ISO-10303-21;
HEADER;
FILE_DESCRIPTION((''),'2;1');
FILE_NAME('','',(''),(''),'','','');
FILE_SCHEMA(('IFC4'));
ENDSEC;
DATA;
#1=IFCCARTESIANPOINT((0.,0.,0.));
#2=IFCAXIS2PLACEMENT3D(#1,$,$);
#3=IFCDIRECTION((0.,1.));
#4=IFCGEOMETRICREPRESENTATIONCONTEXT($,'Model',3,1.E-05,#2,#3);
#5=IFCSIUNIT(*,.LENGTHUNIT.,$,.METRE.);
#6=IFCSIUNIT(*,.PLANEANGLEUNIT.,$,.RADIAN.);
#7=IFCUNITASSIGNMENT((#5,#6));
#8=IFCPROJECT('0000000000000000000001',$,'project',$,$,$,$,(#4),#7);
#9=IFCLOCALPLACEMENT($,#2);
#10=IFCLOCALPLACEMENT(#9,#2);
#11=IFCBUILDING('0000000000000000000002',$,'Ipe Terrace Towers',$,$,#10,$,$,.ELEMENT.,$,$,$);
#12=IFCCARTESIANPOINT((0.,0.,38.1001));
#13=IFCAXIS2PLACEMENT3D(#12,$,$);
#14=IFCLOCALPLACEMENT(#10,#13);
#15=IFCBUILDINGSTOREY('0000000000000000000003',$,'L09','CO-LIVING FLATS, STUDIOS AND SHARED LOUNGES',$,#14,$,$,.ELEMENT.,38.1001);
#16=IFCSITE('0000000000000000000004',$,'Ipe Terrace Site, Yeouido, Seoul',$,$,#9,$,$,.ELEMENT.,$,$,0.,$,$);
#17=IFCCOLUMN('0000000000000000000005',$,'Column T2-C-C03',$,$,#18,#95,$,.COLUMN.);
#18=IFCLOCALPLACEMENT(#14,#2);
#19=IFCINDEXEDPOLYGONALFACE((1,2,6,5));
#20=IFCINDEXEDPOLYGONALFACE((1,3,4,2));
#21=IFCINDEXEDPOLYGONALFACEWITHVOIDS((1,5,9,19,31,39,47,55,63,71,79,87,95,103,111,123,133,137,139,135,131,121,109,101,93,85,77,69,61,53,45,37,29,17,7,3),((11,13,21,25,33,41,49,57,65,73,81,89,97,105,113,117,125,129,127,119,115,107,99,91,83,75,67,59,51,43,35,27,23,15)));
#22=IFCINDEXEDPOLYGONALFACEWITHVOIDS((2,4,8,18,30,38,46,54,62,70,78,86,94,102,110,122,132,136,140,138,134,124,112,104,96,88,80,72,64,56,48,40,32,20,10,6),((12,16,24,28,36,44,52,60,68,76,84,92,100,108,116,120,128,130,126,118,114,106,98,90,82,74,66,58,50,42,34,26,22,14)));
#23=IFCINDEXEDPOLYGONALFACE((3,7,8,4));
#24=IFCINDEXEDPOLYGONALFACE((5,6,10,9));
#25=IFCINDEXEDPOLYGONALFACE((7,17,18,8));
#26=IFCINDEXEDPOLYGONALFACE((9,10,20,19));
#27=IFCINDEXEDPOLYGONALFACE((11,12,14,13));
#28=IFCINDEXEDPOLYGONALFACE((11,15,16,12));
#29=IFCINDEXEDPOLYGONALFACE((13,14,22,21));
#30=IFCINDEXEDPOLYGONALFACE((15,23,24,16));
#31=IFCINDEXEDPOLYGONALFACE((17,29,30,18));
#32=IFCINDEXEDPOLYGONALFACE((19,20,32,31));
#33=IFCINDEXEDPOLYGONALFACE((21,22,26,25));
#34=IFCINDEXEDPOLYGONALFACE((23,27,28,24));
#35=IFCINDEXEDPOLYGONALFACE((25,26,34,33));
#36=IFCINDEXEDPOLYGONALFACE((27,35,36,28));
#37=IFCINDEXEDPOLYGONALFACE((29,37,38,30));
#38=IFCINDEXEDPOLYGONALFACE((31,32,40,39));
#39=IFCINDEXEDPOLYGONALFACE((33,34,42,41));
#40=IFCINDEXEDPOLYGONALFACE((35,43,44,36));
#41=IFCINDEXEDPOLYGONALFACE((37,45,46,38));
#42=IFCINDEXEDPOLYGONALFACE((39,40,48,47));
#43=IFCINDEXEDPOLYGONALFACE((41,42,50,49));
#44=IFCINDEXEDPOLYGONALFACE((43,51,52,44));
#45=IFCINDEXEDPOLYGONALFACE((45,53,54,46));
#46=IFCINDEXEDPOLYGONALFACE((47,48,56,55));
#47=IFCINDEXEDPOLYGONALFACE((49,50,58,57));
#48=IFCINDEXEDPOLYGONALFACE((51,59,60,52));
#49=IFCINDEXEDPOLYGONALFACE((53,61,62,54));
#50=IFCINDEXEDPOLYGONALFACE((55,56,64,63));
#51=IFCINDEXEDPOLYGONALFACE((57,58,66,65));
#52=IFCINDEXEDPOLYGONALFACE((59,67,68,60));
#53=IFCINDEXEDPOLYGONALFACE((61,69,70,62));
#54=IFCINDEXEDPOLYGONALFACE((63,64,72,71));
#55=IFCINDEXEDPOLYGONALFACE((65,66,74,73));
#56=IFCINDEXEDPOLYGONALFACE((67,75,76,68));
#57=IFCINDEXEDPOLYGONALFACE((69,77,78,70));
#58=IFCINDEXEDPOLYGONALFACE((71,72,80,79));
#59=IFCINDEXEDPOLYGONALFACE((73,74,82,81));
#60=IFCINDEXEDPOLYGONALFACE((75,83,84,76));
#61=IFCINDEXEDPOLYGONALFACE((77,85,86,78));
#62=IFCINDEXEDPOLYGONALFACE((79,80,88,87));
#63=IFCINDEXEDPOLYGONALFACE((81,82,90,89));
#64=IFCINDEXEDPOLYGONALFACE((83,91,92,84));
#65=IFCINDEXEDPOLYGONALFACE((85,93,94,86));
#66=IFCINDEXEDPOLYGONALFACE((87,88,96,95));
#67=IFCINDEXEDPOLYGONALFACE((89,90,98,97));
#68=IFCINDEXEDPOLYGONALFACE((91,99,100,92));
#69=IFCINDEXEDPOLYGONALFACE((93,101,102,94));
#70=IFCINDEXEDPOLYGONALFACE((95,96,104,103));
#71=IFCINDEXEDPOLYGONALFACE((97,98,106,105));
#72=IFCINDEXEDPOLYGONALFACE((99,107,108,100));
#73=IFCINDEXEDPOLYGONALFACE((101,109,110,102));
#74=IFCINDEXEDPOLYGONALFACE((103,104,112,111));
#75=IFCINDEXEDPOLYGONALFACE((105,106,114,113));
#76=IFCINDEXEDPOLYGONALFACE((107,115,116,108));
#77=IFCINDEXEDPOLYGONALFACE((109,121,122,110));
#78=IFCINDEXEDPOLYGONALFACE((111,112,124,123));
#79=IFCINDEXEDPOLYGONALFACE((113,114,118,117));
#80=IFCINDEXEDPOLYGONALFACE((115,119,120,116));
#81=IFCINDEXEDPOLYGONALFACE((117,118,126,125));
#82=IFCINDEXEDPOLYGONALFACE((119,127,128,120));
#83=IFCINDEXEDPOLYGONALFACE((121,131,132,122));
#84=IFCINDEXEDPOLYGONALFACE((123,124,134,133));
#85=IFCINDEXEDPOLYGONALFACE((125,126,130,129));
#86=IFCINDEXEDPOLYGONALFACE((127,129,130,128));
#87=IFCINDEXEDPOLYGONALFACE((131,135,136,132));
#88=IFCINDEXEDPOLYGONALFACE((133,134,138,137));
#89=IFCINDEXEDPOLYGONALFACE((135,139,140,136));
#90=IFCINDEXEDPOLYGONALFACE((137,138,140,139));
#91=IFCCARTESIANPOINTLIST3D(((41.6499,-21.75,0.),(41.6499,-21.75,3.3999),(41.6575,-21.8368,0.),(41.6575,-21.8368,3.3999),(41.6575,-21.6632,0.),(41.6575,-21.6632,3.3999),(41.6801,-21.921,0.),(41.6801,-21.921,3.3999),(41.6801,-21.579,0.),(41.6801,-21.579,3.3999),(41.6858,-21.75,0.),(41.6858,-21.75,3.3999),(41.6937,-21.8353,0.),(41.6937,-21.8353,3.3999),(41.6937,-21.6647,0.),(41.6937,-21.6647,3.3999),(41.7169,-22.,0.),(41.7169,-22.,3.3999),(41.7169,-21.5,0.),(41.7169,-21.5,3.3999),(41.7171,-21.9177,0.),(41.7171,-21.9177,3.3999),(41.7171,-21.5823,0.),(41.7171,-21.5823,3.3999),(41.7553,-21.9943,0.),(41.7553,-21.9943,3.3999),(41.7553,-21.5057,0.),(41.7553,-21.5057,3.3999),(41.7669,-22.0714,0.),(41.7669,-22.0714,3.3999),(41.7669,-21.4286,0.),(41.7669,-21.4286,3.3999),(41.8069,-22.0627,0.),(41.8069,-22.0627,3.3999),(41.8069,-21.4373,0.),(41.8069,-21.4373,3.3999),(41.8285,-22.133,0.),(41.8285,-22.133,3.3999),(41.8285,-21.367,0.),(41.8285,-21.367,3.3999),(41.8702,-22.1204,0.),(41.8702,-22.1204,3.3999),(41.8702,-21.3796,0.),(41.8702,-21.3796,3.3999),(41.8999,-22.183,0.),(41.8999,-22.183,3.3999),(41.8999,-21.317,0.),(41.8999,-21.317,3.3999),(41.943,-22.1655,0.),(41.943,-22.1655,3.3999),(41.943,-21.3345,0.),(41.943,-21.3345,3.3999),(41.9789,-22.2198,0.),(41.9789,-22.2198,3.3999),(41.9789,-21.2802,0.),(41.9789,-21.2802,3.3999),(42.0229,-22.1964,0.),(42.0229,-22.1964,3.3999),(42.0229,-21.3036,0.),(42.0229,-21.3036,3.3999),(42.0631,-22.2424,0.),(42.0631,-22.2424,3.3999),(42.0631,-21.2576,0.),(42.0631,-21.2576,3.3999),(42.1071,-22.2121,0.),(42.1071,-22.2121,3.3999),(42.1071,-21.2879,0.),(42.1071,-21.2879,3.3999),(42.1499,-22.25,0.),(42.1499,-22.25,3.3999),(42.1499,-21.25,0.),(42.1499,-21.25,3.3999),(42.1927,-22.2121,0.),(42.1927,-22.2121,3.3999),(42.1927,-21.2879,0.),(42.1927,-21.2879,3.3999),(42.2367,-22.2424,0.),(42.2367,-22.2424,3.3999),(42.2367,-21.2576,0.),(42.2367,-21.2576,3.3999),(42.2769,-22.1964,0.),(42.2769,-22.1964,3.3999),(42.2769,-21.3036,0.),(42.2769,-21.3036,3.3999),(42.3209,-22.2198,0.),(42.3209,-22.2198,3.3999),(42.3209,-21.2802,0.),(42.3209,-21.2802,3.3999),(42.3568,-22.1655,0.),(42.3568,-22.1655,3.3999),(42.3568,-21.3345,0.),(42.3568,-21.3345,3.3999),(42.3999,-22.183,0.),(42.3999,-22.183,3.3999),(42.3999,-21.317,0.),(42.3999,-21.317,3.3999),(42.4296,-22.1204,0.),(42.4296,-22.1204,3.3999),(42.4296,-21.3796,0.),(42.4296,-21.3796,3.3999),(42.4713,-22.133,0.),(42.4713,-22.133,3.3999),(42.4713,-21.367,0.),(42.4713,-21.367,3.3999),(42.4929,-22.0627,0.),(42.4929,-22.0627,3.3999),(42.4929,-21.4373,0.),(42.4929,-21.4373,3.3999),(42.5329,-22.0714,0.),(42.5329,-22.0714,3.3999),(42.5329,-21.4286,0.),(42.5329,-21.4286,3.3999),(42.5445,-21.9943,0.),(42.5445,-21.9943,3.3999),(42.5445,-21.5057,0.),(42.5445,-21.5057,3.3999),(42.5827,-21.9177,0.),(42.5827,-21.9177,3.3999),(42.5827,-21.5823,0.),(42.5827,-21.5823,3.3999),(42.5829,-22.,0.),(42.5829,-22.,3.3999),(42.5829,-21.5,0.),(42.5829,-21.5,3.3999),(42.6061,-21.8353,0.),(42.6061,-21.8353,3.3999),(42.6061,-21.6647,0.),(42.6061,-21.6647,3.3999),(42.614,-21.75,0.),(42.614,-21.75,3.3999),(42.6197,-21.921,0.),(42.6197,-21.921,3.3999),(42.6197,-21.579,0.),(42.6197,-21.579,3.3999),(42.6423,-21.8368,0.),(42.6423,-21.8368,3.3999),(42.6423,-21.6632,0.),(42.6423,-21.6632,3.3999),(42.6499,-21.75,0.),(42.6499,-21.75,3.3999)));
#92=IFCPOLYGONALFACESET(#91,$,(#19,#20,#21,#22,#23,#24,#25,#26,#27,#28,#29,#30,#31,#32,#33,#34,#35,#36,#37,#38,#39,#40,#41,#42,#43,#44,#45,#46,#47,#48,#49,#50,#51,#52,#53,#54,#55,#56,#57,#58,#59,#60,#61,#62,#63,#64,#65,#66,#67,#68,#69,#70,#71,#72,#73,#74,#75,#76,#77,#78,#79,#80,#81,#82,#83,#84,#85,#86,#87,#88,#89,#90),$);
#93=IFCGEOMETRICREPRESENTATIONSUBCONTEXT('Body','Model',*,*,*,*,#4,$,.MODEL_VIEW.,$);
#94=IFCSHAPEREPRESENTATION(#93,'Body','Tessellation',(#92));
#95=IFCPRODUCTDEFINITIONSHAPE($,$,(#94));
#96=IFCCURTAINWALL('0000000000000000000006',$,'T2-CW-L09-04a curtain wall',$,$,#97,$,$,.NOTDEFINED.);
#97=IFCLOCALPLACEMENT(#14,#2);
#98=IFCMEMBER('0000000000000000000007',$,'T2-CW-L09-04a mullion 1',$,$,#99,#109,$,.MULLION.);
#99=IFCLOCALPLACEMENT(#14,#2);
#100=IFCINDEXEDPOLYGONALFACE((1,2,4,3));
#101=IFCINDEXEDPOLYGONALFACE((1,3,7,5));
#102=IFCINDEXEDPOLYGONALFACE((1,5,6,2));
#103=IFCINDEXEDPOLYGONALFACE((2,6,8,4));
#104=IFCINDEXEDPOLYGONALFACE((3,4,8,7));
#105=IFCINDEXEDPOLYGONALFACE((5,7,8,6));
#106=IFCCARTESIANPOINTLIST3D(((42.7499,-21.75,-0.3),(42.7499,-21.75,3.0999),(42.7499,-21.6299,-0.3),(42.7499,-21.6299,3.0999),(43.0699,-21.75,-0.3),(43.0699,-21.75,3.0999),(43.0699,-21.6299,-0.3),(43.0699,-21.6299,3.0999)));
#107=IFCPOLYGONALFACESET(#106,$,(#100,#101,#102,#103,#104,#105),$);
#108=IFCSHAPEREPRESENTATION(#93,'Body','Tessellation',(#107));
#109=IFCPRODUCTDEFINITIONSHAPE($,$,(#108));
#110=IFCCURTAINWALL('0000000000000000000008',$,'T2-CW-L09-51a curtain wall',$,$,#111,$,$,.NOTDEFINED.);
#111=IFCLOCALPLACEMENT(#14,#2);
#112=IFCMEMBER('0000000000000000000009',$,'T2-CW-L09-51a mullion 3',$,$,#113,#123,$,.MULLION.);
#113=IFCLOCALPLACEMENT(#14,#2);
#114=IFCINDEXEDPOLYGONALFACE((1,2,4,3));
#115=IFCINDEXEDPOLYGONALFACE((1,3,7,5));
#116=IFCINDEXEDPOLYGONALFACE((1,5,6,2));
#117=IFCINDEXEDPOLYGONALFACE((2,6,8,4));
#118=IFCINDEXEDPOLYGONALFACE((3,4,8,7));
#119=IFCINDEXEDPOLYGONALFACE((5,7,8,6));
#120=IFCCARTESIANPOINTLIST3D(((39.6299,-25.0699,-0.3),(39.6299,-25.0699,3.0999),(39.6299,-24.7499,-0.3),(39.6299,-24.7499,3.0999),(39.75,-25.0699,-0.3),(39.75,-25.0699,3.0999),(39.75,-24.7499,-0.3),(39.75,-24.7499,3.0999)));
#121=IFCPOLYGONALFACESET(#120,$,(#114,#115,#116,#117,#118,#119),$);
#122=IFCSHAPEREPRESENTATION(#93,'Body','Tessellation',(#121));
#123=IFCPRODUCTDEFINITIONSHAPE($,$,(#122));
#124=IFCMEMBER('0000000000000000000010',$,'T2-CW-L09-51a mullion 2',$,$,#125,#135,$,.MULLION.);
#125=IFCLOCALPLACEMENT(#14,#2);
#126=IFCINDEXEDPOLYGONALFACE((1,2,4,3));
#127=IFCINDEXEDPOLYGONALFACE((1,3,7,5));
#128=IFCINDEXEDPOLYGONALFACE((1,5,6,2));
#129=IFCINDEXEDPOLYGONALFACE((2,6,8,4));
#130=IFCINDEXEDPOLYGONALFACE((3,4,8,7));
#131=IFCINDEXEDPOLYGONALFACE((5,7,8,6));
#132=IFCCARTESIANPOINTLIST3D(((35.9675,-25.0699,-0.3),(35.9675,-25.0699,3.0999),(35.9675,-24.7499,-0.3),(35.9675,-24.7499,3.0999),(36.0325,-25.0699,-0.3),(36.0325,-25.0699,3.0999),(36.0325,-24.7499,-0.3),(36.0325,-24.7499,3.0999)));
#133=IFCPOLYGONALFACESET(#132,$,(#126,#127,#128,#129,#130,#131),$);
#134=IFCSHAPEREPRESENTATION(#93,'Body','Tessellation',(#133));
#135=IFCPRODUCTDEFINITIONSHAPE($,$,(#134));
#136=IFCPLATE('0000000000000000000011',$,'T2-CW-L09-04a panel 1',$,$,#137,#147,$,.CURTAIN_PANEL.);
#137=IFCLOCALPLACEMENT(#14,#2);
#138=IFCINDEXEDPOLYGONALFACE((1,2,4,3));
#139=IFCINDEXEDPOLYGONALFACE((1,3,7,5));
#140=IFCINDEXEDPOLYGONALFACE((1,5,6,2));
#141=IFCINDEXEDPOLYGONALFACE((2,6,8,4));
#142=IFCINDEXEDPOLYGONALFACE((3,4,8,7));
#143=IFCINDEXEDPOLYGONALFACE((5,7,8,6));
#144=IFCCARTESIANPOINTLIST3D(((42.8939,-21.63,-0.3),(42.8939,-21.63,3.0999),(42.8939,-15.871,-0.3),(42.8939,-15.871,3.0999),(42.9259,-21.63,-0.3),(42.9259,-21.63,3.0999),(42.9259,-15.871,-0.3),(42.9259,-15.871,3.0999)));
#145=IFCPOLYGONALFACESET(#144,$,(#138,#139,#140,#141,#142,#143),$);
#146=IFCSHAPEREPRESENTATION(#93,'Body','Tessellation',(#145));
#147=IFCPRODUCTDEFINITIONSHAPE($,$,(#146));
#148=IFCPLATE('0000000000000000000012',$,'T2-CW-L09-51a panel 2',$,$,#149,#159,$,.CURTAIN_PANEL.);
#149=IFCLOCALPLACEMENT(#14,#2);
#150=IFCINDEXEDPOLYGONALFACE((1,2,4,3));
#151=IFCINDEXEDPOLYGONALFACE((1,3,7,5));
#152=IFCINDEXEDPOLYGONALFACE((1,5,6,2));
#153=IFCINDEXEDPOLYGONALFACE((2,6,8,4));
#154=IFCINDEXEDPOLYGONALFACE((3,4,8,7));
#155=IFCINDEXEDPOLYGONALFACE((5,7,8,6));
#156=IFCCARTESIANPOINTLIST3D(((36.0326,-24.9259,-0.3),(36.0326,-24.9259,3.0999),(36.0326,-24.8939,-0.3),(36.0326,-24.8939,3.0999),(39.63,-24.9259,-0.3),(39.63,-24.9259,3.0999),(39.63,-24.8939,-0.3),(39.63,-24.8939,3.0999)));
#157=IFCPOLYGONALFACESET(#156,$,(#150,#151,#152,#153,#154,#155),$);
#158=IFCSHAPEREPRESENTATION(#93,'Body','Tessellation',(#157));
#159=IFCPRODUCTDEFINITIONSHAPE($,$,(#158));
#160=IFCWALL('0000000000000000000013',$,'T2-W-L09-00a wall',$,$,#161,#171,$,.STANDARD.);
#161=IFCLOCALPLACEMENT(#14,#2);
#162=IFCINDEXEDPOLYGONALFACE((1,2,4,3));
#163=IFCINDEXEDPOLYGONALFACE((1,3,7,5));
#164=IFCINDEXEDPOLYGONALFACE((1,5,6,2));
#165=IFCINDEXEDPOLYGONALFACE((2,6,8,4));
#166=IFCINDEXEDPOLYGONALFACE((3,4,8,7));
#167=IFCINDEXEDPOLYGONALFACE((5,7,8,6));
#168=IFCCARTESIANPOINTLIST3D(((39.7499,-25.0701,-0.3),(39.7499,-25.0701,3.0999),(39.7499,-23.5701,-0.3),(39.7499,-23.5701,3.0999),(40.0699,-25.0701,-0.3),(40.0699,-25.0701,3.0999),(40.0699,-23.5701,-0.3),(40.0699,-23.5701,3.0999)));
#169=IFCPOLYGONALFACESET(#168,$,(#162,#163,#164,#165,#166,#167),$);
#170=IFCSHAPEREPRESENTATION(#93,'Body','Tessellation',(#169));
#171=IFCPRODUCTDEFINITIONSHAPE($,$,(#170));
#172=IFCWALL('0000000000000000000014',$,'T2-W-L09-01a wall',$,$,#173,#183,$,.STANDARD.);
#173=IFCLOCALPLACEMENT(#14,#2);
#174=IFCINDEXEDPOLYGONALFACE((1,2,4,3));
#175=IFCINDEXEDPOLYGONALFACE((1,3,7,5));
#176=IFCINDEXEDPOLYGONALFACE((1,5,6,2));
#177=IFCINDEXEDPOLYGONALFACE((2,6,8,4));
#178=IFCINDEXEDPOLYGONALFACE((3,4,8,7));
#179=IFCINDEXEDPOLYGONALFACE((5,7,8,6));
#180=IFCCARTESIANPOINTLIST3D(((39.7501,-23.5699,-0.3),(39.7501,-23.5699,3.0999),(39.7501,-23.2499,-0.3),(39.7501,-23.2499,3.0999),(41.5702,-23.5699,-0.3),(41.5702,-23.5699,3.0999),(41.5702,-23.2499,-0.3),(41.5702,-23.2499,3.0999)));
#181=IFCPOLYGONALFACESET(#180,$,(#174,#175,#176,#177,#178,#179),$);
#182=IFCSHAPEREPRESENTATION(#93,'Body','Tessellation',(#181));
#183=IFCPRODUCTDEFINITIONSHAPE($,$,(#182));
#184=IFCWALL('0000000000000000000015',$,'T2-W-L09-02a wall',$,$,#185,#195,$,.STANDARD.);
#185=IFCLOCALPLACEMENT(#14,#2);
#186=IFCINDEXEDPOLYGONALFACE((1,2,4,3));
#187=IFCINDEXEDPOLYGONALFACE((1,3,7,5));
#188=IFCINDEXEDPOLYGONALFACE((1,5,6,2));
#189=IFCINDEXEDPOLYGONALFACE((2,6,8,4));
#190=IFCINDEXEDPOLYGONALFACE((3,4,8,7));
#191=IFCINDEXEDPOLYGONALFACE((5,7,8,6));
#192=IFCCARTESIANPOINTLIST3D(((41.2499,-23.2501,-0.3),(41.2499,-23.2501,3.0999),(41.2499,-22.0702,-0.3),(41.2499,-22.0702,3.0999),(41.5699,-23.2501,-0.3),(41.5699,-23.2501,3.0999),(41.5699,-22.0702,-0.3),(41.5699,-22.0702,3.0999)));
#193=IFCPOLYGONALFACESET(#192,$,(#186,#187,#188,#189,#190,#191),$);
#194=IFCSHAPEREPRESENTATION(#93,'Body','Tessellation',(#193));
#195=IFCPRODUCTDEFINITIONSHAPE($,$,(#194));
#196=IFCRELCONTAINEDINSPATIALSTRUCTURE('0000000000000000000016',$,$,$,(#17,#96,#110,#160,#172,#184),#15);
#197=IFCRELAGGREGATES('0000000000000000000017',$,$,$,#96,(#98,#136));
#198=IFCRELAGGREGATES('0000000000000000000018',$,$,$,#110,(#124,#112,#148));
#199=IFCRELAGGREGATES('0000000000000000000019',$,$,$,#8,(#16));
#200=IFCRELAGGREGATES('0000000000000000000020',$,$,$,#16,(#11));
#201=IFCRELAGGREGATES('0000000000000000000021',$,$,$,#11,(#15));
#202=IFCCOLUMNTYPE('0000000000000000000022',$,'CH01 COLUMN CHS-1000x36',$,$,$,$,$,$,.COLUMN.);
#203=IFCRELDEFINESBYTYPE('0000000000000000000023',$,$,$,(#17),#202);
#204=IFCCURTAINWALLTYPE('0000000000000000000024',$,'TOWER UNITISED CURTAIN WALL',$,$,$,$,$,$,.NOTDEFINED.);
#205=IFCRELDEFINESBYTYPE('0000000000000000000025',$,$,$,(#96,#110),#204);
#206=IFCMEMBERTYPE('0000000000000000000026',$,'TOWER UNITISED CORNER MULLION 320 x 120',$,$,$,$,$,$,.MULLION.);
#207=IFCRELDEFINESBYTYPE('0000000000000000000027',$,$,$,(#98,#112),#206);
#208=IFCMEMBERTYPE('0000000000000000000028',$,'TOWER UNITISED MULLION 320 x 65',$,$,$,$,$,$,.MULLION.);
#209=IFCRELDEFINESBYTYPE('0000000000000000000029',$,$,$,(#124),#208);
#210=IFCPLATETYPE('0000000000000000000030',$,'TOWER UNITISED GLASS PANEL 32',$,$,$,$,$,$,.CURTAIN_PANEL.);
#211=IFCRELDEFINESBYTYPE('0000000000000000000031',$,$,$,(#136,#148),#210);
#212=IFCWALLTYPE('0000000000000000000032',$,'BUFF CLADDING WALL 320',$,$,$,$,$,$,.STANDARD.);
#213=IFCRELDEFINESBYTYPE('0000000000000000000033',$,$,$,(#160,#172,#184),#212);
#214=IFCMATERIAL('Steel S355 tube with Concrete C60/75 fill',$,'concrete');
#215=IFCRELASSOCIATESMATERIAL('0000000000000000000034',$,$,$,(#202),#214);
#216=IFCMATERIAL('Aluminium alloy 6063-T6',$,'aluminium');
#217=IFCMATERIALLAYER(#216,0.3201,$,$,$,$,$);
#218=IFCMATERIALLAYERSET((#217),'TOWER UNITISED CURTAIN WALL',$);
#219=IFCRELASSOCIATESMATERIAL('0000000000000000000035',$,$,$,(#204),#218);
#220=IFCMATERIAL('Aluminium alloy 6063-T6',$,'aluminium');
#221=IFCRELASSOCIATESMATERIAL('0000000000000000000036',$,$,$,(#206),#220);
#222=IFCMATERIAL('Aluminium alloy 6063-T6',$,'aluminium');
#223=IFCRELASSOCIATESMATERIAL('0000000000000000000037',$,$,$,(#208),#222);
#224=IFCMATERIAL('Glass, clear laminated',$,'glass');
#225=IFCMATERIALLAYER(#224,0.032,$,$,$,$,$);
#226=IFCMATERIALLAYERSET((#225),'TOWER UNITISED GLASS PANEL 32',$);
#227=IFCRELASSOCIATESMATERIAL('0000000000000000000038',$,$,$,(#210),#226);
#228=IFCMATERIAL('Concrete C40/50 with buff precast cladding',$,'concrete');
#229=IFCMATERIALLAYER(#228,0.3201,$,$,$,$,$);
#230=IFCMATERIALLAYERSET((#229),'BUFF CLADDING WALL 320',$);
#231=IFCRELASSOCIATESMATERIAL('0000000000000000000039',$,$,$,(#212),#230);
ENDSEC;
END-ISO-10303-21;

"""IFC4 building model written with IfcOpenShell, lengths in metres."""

from ifc_helpers import new_model, si_unit, direction, frame, frame_2d, origin, origin_2d, place, context, subcontext, project, spatial, rectangle, hollow_circle, extrude, material, layer, layer_set, material_profile, profile_set, type_object, element, aggregate, save


model = new_model("IFC4")

# Units and contexts
model_context = context("Model", 3, precision=1e-05, world=origin(), true_north=direction((0.0, 1.0)))
body_context = subcontext(model_context, "Body", "Model", "MODEL_VIEW")
ifc_project = project(units=[si_unit("LENGTHUNIT", "METRE"), si_unit("PLANEANGLEUNIT", "RADIAN")], contexts=[model_context])

# Site, building, storey
site_placement = place(None, origin())
site = spatial("IfcSite", under=ifc_project, at=site_placement, Name="Ipe Terrace Site, Yeouido, Seoul", CompositionType="ELEMENT", RefElevation=0.0)
building_placement = place(site_placement, origin())
building = spatial("IfcBuilding", under=site, at=building_placement, Name="Ipe Terrace Towers", CompositionType="ELEMENT")
storey_placement = place(building_placement, frame((0.0, 0.0, 38.1001)))
storey = spatial("IfcBuildingStorey", under=building, at=storey_placement, Name="L09", Description="CO-LIVING FLATS, STUDIOS AND SHARED LOUNGES", CompositionType="ELEMENT", Elevation=38.1001)

# Column
ifc_material_1 = material(Name="Steel S355 tube with Concrete C60/75 fill", Category="concrete")
ifc_material_profile_1 = material_profile(ifc_material_1, hollow_circle(Radius=0.5, WallThickness=0.0359, at=origin_2d()), Name="CHS-1000x36")
ifc_profile_set_1 = profile_set([ifc_material_profile_1], Name="Steel S355 tube with Concrete C60/75 fill")
column_type = type_object("IfcColumnType", Name="CH01 COLUMN CHS-1000x36", PredefinedType="COLUMN", material=ifc_profile_set_1)
column_placement = place(storey_placement, frame((42.1499, -21.75, 0.0), z_axis=(0.0, 0.0, 1.0), x_axis=(1.0, 0.0, 0.0)))
element("IfcColumn", 1, at=column_placement, inside=storey, type_object=column_type, Name="Column T2-C-C03", PredefinedType="COLUMN", context=body_context, shape_type="SweptSolid", body=[
    extrude(hollow_circle(Radius=0.5, WallThickness=0.0359, at=origin_2d()), origin(), (0.0, 0.0, 1.0), 3.3999),
])

# Curtain wall, member
ifc_material_2 = material(Name="Aluminium alloy 6063-T6", Category="aluminium")
ifc_layer_1 = layer(ifc_material_2, 0.3201)
ifc_layer_set_1 = layer_set([ifc_layer_1], Name="TOWER UNITISED CURTAIN WALL")
curtain_wall_type = type_object("IfcCurtainWallType", Name="TOWER UNITISED CURTAIN WALL", PredefinedType="NOTDEFINED", material=ifc_layer_set_1)
curtain_wall_1_placement = place(storey_placement, origin())
curtain_wall_1 = element("IfcCurtainWall", 2, at=curtain_wall_1_placement, inside=storey, type_object=curtain_wall_type, Name="T2-CW-L09-04a curtain wall", PredefinedType="NOTDEFINED")
ifc_material_3 = material(Name="Aluminium alloy 6063-T6", Category="aluminium")
ifc_material_profile_2 = material_profile(ifc_material_3, rectangle(XDim=0.3201, YDim=0.1201, at=origin_2d()), Name="TOWER UNITISED CORNER MULLION 320 x 120")
ifc_profile_set_2 = profile_set([ifc_material_profile_2], Name="Aluminium alloy 6063-T6")
member_type_1 = type_object("IfcMemberType", Name="TOWER UNITISED CORNER MULLION 320 x 120", PredefinedType="MULLION", material=ifc_profile_set_2)
member_1_placement = place(storey_placement, frame((42.9099, -21.6899, -0.3), z_axis=(0.0, 0.0, 1.0), x_axis=(1.0, 0.0, 0.0)))
member_1 = element("IfcMember", 3, at=member_1_placement, type_object=member_type_1, Name="T2-CW-L09-04a mullion 1", PredefinedType="MULLION", context=body_context, shape_type="SweptSolid", body=[
    extrude(rectangle(XDim=0.3201, YDim=0.1201, at=origin_2d()), origin(), (0.0, 0.0, 1.0), 3.3999),
])

# Curtain wall, members
curtain_wall_2_placement = place(storey_placement, origin())
curtain_wall_2 = element("IfcCurtainWall", 4, at=curtain_wall_2_placement, inside=storey, type_object=curtain_wall_type, Name="T2-CW-L09-51a curtain wall", PredefinedType="NOTDEFINED")
member_2_placement = place(storey_placement, frame((39.6899, -24.9099, -0.3), z_axis=(0.0, 0.0, 1.0), x_axis=(0.0, -1.0, 0.0)))
member_2 = element("IfcMember", 5, at=member_2_placement, type_object=member_type_1, Name="T2-CW-L09-51a mullion 3", PredefinedType="MULLION", context=body_context, shape_type="SweptSolid", body=[
    extrude(rectangle(XDim=0.3201, YDim=0.1201, at=origin_2d()), origin(), (0.0, 0.0, 1.0), 3.3999),
])
ifc_material_4 = material(Name="Aluminium alloy 6063-T6", Category="aluminium")
ifc_material_profile_3 = material_profile(ifc_material_4, rectangle(XDim=0.3201, YDim=0.0649, at=origin_2d()), Name="TOWER UNITISED MULLION 320 x 65")
ifc_profile_set_3 = profile_set([ifc_material_profile_3], Name="Aluminium alloy 6063-T6")
member_type_2 = type_object("IfcMemberType", Name="TOWER UNITISED MULLION 320 x 65", PredefinedType="MULLION", material=ifc_profile_set_3)
member_3_placement = place(storey_placement, frame((36.0, -24.9099, -0.3), z_axis=(0.0, 0.0, 1.0), x_axis=(0.0, -1.0, 0.0)))
member_3 = element("IfcMember", 6, at=member_3_placement, type_object=member_type_2, Name="T2-CW-L09-51a mullion 2", PredefinedType="MULLION", context=body_context, shape_type="SweptSolid", body=[
    extrude(rectangle(XDim=0.3201, YDim=0.0649, at=origin_2d()), origin(), (0.0, 0.0, 1.0), 3.3999),
])

# Plates
ifc_material_5 = material(Name="Glass, clear laminated", Category="glass")
ifc_layer_2 = layer(ifc_material_5, 0.032)
ifc_layer_set_2 = layer_set([ifc_layer_2], Name="TOWER UNITISED GLASS PANEL 32")
plate_type = type_object("IfcPlateType", Name="TOWER UNITISED GLASS PANEL 32", PredefinedType="CURTAIN_PANEL", material=ifc_layer_set_2)
plate_1_placement = place(storey_placement, frame((42.9099, -18.7505, -0.3), z_axis=(0.0, 0.0, 1.0), x_axis=(0.0, 1.0, 0.0)))
plate_1 = element("IfcPlate", 7, at=plate_1_placement, type_object=plate_type, Name="T2-CW-L09-04a panel 1", PredefinedType="CURTAIN_PANEL", context=body_context, shape_type="SweptSolid", body=[
    extrude(rectangle(XDim=5.759, YDim=0.032, at=origin_2d()), origin(), (0.0, 0.0, 1.0), 3.3999),
])
aggregate(curtain_wall_1, [member_1, plate_1])
plate_2_placement = place(storey_placement, frame((37.8313, -24.9099, -0.3), z_axis=(0.0, 0.0, 1.0), x_axis=(1.0, 0.0, 0.0)))
plate_2 = element("IfcPlate", 8, at=plate_2_placement, type_object=plate_type, Name="T2-CW-L09-51a panel 2", PredefinedType="CURTAIN_PANEL", context=body_context, shape_type="SweptSolid", body=[
    extrude(rectangle(XDim=3.5974, YDim=0.032, at=origin_2d()), origin(), (0.0, 0.0, 1.0), 3.3999),
])
aggregate(curtain_wall_2, [member_3, member_2, plate_2])

# Walls
ifc_material_6 = material(Name="Concrete C40/50 with buff precast cladding", Category="concrete")
ifc_layer_3 = layer(ifc_material_6, 0.3201)
ifc_layer_set_3 = layer_set([ifc_layer_3], Name="BUFF CLADDING WALL 320")
wall_type_1 = type_object("IfcWallType", Name="BUFF CLADDING WALL 320", PredefinedType="STANDARD", material=ifc_layer_set_3)
wall_1_placement = place(storey_placement, frame((39.9099, -25.0701, -0.3), z_axis=(0.0, 0.0, 1.0), x_axis=(0.0, 1.0, 0.0)))
element("IfcWall", 9, at=wall_1_placement, inside=storey, type_object=wall_type_1, Name="T2-W-L09-00a wall", PredefinedType="STANDARD", context=body_context, shape_type="SweptSolid", body=[
    extrude(rectangle(XDim=1.5, YDim=0.3201, at=frame_2d((0.75, 0.0))), origin(), (0.0, 0.0, 1.0), 3.3999),
])
wall_2_placement = place(storey_placement, frame((39.75, -23.4099, -0.3), z_axis=(0.0, 0.0, 1.0), x_axis=(1.0, 0.0, 0.0)))
element("IfcWall", 10, at=wall_2_placement, inside=storey, type_object=wall_type_1, Name="T2-W-L09-01a wall", PredefinedType="STANDARD", context=body_context, shape_type="SweptSolid", body=[
    extrude(rectangle(XDim=1.8201, YDim=0.3201, at=frame_2d((0.9102, 0.0))), origin(), (0.0, 0.0, 1.0), 3.3999),
])
wall_3_placement = place(storey_placement, frame((41.4099, -23.25, -0.3), z_axis=(0.0, 0.0, 1.0), x_axis=(0.0, 1.0, 0.0)))
element("IfcWall", 11, at=wall_3_placement, inside=storey, type_object=wall_type_1, Name="T2-W-L09-02a wall", PredefinedType="STANDARD", context=body_context, shape_type="SweptSolid", body=[
    extrude(rectangle(XDim=1.1799, YDim=0.3201, at=frame_2d((0.5898, 0.0))), origin(), (0.0, 0.0, 1.0), 3.3999),
])

save(model, "model.ifc")
